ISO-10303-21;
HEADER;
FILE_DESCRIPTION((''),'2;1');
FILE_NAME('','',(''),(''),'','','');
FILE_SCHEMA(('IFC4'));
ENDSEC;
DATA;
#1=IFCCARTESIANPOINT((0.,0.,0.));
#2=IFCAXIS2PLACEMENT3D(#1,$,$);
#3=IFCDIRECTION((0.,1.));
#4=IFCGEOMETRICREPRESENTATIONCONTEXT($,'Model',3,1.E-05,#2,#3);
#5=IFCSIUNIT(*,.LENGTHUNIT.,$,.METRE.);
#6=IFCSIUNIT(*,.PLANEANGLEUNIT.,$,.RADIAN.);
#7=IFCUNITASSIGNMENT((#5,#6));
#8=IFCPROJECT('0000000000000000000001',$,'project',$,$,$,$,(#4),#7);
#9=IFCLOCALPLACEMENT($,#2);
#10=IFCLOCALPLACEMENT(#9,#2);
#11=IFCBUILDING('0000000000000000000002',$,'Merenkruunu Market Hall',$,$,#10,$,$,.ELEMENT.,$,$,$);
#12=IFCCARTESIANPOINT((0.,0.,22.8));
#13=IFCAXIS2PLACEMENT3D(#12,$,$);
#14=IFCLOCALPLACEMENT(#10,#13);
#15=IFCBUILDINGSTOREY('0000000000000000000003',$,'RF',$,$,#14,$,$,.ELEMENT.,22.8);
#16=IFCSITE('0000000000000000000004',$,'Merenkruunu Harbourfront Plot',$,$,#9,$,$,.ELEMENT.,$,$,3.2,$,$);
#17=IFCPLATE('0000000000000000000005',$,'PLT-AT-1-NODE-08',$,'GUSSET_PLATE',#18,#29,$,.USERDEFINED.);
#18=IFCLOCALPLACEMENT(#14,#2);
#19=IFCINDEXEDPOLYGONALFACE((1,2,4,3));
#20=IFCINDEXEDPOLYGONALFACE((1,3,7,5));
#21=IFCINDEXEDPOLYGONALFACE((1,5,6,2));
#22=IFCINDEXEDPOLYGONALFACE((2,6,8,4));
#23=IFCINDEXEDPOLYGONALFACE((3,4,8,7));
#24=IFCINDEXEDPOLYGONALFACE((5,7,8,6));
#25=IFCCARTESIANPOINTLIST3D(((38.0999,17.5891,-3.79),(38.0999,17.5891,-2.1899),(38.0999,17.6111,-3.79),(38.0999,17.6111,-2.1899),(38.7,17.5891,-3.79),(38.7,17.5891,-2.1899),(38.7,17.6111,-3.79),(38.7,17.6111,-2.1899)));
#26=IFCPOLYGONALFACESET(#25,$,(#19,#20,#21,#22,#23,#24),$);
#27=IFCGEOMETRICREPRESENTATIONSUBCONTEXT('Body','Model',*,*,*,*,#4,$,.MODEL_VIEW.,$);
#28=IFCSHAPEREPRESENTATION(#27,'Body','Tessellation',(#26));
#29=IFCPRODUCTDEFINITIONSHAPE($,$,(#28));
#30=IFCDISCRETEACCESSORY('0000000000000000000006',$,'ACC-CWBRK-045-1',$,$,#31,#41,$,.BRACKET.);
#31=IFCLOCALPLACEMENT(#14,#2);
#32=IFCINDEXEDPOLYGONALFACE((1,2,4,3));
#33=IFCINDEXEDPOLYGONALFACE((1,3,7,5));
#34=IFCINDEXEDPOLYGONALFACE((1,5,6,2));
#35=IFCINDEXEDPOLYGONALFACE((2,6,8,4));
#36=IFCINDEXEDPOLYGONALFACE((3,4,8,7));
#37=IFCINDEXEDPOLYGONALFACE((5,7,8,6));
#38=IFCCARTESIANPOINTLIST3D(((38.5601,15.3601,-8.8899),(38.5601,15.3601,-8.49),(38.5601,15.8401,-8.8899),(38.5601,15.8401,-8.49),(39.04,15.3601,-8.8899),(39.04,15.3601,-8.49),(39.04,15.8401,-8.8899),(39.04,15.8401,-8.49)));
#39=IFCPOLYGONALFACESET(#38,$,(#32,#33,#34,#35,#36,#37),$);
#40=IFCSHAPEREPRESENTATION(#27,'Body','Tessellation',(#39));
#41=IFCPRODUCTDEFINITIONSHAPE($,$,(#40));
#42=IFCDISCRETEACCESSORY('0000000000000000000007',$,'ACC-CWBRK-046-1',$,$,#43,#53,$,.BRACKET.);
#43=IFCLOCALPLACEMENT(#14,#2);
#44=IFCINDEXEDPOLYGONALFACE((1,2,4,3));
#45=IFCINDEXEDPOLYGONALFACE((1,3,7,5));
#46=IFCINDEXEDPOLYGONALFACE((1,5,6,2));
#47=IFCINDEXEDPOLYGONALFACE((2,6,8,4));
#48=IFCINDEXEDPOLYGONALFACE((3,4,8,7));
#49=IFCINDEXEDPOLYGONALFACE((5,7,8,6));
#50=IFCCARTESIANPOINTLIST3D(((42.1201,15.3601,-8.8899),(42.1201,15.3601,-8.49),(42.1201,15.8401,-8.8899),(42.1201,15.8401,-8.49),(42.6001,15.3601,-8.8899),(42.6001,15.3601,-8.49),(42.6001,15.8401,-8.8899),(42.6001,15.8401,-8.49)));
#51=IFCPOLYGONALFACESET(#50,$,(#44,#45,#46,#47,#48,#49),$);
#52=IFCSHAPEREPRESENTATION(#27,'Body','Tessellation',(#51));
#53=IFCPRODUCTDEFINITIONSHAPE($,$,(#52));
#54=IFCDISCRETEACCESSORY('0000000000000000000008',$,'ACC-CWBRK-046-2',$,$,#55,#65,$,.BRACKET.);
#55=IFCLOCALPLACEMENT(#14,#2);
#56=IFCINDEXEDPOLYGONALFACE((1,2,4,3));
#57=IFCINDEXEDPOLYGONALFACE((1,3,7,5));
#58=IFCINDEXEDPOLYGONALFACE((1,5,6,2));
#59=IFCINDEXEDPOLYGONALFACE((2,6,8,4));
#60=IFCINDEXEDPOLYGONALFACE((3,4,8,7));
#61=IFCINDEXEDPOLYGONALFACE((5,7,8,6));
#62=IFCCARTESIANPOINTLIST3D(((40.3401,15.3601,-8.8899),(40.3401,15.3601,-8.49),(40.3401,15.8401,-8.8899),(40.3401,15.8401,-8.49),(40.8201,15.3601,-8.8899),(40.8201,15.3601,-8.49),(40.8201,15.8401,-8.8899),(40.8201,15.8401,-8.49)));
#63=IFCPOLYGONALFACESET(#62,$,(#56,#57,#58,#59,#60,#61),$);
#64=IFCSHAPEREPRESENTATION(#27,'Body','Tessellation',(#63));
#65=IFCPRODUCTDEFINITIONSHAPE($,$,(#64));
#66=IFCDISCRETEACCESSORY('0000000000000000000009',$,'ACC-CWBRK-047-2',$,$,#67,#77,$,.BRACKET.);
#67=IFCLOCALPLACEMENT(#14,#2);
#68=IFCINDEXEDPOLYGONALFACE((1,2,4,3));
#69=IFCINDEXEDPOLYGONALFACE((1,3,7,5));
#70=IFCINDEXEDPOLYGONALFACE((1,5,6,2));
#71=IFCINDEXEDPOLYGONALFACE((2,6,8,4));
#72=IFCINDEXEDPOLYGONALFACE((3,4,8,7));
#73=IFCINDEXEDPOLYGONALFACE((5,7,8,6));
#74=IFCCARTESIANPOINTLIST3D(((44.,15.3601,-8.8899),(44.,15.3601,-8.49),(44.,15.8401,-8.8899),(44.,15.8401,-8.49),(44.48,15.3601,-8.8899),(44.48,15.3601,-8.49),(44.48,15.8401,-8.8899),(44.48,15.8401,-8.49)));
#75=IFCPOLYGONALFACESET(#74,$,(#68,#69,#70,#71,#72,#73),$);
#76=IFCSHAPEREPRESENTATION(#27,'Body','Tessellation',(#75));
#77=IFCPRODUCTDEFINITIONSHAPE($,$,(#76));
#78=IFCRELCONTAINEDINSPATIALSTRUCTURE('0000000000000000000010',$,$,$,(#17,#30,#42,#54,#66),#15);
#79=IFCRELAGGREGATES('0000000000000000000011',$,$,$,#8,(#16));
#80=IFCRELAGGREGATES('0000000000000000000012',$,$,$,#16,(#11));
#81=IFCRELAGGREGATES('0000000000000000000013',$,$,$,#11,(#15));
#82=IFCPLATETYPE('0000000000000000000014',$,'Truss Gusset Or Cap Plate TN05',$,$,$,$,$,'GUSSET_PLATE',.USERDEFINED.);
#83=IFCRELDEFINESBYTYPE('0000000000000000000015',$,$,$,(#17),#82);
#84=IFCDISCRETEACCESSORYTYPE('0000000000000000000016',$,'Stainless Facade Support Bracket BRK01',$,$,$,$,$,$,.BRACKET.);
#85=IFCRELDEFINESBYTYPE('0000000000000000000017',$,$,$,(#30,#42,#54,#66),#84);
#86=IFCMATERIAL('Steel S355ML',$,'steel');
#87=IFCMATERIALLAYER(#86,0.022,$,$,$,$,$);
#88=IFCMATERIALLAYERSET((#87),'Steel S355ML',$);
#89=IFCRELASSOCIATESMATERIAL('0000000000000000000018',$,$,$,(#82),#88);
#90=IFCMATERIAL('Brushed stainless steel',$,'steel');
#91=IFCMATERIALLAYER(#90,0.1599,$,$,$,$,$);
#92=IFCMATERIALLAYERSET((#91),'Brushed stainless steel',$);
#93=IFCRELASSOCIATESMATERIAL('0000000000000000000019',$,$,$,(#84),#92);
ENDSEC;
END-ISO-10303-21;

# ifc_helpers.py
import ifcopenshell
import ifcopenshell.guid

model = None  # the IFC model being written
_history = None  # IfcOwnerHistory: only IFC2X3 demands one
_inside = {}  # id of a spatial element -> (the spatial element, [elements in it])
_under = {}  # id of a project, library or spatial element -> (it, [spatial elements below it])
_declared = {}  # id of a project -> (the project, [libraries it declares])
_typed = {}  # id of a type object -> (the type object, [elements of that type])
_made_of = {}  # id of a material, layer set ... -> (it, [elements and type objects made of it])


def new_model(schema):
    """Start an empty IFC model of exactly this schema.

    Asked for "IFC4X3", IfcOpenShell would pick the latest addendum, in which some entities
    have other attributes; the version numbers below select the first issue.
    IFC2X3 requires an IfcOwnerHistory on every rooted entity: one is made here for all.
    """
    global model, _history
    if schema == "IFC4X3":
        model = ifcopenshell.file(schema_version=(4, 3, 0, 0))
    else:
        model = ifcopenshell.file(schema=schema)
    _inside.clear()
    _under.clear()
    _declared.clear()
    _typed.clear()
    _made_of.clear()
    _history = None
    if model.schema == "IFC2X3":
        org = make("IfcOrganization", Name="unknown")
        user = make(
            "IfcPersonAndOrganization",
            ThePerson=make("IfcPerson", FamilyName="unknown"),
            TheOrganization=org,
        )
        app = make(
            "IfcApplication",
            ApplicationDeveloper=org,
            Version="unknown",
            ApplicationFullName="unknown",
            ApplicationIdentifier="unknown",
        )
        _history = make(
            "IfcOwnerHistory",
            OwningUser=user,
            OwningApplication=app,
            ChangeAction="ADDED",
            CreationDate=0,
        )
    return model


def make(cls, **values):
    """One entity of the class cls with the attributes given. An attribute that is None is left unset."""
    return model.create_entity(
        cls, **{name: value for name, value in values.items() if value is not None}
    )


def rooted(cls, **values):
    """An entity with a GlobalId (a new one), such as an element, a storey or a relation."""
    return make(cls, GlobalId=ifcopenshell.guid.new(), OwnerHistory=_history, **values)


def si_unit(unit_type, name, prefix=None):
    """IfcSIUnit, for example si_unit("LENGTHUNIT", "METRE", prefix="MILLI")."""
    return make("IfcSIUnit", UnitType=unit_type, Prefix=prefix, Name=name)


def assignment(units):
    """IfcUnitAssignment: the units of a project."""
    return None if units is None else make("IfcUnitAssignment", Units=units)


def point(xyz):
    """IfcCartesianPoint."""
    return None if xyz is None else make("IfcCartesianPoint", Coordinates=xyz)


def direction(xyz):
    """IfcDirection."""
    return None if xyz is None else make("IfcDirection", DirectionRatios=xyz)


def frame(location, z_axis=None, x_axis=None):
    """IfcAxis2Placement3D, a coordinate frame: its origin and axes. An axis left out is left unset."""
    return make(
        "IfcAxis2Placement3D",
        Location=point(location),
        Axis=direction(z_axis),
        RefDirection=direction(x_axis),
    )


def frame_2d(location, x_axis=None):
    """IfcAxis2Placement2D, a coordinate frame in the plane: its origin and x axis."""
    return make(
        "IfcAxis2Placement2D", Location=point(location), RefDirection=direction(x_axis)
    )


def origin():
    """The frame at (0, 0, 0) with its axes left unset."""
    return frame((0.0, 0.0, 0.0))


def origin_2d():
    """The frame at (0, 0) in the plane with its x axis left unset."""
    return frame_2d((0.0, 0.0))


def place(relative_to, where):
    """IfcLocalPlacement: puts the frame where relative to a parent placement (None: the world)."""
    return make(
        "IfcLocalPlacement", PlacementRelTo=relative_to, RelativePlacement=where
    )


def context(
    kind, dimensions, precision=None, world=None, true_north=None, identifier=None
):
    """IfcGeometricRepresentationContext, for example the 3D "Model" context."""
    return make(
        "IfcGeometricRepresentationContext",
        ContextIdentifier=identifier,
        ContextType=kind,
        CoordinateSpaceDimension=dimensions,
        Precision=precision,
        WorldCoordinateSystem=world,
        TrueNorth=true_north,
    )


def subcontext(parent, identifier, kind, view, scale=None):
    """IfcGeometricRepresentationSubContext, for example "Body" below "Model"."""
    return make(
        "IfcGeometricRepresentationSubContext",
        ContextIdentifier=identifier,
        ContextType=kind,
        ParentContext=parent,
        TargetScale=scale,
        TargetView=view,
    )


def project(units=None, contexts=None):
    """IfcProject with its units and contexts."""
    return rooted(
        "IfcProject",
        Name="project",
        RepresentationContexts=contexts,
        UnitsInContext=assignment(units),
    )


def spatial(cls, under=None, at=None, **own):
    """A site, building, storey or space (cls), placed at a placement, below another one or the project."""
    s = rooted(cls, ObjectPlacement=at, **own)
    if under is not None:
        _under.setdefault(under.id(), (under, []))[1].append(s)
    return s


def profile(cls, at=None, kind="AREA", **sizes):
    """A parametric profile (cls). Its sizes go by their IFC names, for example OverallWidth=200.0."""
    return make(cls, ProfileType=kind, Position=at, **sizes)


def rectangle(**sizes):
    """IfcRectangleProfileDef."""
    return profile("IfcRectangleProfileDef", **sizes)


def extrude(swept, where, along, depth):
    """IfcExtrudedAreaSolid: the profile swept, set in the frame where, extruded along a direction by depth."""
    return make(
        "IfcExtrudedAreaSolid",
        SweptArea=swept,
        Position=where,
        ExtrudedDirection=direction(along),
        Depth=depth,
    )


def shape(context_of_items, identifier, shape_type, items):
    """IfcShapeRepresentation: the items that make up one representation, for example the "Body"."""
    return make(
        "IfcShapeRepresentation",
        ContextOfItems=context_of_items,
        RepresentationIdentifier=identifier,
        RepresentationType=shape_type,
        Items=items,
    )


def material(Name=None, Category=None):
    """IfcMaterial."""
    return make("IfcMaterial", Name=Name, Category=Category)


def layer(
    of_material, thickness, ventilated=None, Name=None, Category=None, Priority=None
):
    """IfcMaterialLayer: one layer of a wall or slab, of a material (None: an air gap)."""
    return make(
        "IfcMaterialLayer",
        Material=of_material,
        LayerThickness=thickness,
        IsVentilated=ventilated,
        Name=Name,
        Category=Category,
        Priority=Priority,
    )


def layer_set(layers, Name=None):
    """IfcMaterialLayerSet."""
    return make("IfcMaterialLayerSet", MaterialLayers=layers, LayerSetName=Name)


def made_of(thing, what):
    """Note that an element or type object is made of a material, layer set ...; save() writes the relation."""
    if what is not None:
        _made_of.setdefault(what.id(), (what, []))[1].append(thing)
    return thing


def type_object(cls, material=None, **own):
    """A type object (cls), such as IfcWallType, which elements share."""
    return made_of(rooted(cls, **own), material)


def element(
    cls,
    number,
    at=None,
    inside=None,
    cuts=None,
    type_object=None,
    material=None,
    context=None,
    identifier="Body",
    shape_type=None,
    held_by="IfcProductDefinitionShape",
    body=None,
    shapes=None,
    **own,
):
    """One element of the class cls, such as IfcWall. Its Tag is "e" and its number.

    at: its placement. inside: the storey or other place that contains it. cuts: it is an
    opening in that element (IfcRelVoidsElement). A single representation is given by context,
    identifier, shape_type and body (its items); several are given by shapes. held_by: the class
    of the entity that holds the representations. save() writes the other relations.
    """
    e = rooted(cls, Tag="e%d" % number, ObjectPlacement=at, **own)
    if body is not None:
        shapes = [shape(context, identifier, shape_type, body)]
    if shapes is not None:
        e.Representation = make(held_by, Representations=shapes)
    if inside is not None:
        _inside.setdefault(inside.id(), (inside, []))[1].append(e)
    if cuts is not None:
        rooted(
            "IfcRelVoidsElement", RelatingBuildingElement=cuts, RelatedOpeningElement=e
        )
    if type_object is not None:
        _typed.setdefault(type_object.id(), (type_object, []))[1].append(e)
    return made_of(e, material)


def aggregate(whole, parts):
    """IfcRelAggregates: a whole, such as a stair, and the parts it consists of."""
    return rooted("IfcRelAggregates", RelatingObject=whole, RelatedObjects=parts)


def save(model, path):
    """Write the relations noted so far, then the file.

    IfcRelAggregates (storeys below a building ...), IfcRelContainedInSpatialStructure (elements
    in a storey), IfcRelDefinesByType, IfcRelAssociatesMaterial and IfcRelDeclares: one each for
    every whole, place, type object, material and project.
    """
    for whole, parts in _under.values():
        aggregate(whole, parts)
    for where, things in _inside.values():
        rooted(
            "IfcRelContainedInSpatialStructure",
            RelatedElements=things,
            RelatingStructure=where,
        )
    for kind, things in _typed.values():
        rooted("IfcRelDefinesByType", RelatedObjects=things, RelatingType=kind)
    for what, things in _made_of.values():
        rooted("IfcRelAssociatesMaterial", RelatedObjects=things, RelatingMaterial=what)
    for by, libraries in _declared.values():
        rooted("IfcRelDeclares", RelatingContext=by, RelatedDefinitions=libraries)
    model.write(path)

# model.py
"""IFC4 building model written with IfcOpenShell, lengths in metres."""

from ifc_helpers import new_model, si_unit, direction, frame, origin, origin_2d, place, context, subcontext, project, spatial, rectangle, extrude, material, layer, layer_set, type_object, element, save


model = new_model("IFC4")

# Units and contexts
model_context = context("Model", 3, precision=1e-05, world=origin(), true_north=direction((0.0, 1.0)))
body_context = subcontext(model_context, "Body", "Model", "MODEL_VIEW")
ifc_project = project(units=[si_unit("LENGTHUNIT", "METRE"), si_unit("PLANEANGLEUNIT", "RADIAN")], contexts=[model_context])

# Site, building, storey
site_placement = place(None, origin())
site = spatial("IfcSite", under=ifc_project, at=site_placement, Name="Merenkruunu Harbourfront Plot", CompositionType="ELEMENT", RefElevation=3.2)
building_placement = place(site_placement, origin())
building = spatial("IfcBuilding", under=site, at=building_placement, Name="Merenkruunu Market Hall", CompositionType="ELEMENT")
storey_placement = place(building_placement, frame((0.0, 0.0, 22.8)))
storey = spatial("IfcBuildingStorey", under=building, at=storey_placement, Name="RF", CompositionType="ELEMENT", Elevation=22.8)

# Shared definitions
ifc_material_1 = material(Name="Steel S355ML", Category="steel")

# Plate
ifc_layer_1 = layer(ifc_material_1, 0.022)
ifc_layer_set_1 = layer_set([ifc_layer_1], Name="Steel S355ML")
plate_type_1 = type_object("IfcPlateType", Name="Truss Gusset Or Cap Plate TN05", ElementType="GUSSET_PLATE", PredefinedType="USERDEFINED", material=ifc_layer_set_1)
plate_1_placement = place(storey_placement, frame((38.3999, 17.6001, -3.79), z_axis=(0.0, 0.0, 1.0), x_axis=(1.0, 0.0, 0.0)))
element("IfcPlate", 1, at=plate_1_placement, inside=storey, type_object=plate_type_1, Name="PLT-AT-1-NODE-08", ObjectType="GUSSET_PLATE", PredefinedType="USERDEFINED", context=body_context, shape_type="SweptSolid", body=[
    extrude(rectangle(XDim=0.6001, YDim=0.022, at=origin_2d()), origin(), (0.0, 0.0, 1.0), 1.6001),
])

# Discrete accessories
ifc_material_2 = material(Name="Brushed stainless steel", Category="steel")
ifc_layer_2 = layer(ifc_material_2, 0.1599)
ifc_layer_set_2 = layer_set([ifc_layer_2], Name="Brushed stainless steel")
discrete_accessory_type = type_object("IfcDiscreteAccessoryType", Name="Stainless Facade Support Bracket BRK01", PredefinedType="BRACKET", material=ifc_layer_set_2)
for number, where, z_axis, x_axis, name in (
    (2, (38.8, 15.6001, -8.8899), (0.0, 0.0, 1.0), (1.0, 0.0, 0.0), "ACC-CWBRK-045-1"),
    (3, (42.3601, 15.6001, -8.8899), (0.0, 0.0, 1.0), (1.0, 0.0, 0.0), "ACC-CWBRK-046-1"),
    (4, (40.5801, 15.6001, -8.8899), (0.0, 0.0, 1.0), (1.0, 0.0, 0.0), "ACC-CWBRK-046-2"),
    (5, (44.24, 15.6001, -8.8899), (0.0, 0.0, 1.0), (1.0, 0.0, 0.0), "ACC-CWBRK-047-2"),
):
    element("IfcDiscreteAccessory", number, at=place(storey_placement, frame(where, z_axis=z_axis, x_axis=x_axis)), inside=storey, type_object=discrete_accessory_type, Name=name, PredefinedType="BRACKET", context=body_context, shape_type="SweptSolid", body=[
        extrude(rectangle(XDim=0.48, YDim=0.48, at=origin_2d()), origin(), (0.0, 0.0, 1.0), 0.3999),
    ])

save(model, "model.ifc")
